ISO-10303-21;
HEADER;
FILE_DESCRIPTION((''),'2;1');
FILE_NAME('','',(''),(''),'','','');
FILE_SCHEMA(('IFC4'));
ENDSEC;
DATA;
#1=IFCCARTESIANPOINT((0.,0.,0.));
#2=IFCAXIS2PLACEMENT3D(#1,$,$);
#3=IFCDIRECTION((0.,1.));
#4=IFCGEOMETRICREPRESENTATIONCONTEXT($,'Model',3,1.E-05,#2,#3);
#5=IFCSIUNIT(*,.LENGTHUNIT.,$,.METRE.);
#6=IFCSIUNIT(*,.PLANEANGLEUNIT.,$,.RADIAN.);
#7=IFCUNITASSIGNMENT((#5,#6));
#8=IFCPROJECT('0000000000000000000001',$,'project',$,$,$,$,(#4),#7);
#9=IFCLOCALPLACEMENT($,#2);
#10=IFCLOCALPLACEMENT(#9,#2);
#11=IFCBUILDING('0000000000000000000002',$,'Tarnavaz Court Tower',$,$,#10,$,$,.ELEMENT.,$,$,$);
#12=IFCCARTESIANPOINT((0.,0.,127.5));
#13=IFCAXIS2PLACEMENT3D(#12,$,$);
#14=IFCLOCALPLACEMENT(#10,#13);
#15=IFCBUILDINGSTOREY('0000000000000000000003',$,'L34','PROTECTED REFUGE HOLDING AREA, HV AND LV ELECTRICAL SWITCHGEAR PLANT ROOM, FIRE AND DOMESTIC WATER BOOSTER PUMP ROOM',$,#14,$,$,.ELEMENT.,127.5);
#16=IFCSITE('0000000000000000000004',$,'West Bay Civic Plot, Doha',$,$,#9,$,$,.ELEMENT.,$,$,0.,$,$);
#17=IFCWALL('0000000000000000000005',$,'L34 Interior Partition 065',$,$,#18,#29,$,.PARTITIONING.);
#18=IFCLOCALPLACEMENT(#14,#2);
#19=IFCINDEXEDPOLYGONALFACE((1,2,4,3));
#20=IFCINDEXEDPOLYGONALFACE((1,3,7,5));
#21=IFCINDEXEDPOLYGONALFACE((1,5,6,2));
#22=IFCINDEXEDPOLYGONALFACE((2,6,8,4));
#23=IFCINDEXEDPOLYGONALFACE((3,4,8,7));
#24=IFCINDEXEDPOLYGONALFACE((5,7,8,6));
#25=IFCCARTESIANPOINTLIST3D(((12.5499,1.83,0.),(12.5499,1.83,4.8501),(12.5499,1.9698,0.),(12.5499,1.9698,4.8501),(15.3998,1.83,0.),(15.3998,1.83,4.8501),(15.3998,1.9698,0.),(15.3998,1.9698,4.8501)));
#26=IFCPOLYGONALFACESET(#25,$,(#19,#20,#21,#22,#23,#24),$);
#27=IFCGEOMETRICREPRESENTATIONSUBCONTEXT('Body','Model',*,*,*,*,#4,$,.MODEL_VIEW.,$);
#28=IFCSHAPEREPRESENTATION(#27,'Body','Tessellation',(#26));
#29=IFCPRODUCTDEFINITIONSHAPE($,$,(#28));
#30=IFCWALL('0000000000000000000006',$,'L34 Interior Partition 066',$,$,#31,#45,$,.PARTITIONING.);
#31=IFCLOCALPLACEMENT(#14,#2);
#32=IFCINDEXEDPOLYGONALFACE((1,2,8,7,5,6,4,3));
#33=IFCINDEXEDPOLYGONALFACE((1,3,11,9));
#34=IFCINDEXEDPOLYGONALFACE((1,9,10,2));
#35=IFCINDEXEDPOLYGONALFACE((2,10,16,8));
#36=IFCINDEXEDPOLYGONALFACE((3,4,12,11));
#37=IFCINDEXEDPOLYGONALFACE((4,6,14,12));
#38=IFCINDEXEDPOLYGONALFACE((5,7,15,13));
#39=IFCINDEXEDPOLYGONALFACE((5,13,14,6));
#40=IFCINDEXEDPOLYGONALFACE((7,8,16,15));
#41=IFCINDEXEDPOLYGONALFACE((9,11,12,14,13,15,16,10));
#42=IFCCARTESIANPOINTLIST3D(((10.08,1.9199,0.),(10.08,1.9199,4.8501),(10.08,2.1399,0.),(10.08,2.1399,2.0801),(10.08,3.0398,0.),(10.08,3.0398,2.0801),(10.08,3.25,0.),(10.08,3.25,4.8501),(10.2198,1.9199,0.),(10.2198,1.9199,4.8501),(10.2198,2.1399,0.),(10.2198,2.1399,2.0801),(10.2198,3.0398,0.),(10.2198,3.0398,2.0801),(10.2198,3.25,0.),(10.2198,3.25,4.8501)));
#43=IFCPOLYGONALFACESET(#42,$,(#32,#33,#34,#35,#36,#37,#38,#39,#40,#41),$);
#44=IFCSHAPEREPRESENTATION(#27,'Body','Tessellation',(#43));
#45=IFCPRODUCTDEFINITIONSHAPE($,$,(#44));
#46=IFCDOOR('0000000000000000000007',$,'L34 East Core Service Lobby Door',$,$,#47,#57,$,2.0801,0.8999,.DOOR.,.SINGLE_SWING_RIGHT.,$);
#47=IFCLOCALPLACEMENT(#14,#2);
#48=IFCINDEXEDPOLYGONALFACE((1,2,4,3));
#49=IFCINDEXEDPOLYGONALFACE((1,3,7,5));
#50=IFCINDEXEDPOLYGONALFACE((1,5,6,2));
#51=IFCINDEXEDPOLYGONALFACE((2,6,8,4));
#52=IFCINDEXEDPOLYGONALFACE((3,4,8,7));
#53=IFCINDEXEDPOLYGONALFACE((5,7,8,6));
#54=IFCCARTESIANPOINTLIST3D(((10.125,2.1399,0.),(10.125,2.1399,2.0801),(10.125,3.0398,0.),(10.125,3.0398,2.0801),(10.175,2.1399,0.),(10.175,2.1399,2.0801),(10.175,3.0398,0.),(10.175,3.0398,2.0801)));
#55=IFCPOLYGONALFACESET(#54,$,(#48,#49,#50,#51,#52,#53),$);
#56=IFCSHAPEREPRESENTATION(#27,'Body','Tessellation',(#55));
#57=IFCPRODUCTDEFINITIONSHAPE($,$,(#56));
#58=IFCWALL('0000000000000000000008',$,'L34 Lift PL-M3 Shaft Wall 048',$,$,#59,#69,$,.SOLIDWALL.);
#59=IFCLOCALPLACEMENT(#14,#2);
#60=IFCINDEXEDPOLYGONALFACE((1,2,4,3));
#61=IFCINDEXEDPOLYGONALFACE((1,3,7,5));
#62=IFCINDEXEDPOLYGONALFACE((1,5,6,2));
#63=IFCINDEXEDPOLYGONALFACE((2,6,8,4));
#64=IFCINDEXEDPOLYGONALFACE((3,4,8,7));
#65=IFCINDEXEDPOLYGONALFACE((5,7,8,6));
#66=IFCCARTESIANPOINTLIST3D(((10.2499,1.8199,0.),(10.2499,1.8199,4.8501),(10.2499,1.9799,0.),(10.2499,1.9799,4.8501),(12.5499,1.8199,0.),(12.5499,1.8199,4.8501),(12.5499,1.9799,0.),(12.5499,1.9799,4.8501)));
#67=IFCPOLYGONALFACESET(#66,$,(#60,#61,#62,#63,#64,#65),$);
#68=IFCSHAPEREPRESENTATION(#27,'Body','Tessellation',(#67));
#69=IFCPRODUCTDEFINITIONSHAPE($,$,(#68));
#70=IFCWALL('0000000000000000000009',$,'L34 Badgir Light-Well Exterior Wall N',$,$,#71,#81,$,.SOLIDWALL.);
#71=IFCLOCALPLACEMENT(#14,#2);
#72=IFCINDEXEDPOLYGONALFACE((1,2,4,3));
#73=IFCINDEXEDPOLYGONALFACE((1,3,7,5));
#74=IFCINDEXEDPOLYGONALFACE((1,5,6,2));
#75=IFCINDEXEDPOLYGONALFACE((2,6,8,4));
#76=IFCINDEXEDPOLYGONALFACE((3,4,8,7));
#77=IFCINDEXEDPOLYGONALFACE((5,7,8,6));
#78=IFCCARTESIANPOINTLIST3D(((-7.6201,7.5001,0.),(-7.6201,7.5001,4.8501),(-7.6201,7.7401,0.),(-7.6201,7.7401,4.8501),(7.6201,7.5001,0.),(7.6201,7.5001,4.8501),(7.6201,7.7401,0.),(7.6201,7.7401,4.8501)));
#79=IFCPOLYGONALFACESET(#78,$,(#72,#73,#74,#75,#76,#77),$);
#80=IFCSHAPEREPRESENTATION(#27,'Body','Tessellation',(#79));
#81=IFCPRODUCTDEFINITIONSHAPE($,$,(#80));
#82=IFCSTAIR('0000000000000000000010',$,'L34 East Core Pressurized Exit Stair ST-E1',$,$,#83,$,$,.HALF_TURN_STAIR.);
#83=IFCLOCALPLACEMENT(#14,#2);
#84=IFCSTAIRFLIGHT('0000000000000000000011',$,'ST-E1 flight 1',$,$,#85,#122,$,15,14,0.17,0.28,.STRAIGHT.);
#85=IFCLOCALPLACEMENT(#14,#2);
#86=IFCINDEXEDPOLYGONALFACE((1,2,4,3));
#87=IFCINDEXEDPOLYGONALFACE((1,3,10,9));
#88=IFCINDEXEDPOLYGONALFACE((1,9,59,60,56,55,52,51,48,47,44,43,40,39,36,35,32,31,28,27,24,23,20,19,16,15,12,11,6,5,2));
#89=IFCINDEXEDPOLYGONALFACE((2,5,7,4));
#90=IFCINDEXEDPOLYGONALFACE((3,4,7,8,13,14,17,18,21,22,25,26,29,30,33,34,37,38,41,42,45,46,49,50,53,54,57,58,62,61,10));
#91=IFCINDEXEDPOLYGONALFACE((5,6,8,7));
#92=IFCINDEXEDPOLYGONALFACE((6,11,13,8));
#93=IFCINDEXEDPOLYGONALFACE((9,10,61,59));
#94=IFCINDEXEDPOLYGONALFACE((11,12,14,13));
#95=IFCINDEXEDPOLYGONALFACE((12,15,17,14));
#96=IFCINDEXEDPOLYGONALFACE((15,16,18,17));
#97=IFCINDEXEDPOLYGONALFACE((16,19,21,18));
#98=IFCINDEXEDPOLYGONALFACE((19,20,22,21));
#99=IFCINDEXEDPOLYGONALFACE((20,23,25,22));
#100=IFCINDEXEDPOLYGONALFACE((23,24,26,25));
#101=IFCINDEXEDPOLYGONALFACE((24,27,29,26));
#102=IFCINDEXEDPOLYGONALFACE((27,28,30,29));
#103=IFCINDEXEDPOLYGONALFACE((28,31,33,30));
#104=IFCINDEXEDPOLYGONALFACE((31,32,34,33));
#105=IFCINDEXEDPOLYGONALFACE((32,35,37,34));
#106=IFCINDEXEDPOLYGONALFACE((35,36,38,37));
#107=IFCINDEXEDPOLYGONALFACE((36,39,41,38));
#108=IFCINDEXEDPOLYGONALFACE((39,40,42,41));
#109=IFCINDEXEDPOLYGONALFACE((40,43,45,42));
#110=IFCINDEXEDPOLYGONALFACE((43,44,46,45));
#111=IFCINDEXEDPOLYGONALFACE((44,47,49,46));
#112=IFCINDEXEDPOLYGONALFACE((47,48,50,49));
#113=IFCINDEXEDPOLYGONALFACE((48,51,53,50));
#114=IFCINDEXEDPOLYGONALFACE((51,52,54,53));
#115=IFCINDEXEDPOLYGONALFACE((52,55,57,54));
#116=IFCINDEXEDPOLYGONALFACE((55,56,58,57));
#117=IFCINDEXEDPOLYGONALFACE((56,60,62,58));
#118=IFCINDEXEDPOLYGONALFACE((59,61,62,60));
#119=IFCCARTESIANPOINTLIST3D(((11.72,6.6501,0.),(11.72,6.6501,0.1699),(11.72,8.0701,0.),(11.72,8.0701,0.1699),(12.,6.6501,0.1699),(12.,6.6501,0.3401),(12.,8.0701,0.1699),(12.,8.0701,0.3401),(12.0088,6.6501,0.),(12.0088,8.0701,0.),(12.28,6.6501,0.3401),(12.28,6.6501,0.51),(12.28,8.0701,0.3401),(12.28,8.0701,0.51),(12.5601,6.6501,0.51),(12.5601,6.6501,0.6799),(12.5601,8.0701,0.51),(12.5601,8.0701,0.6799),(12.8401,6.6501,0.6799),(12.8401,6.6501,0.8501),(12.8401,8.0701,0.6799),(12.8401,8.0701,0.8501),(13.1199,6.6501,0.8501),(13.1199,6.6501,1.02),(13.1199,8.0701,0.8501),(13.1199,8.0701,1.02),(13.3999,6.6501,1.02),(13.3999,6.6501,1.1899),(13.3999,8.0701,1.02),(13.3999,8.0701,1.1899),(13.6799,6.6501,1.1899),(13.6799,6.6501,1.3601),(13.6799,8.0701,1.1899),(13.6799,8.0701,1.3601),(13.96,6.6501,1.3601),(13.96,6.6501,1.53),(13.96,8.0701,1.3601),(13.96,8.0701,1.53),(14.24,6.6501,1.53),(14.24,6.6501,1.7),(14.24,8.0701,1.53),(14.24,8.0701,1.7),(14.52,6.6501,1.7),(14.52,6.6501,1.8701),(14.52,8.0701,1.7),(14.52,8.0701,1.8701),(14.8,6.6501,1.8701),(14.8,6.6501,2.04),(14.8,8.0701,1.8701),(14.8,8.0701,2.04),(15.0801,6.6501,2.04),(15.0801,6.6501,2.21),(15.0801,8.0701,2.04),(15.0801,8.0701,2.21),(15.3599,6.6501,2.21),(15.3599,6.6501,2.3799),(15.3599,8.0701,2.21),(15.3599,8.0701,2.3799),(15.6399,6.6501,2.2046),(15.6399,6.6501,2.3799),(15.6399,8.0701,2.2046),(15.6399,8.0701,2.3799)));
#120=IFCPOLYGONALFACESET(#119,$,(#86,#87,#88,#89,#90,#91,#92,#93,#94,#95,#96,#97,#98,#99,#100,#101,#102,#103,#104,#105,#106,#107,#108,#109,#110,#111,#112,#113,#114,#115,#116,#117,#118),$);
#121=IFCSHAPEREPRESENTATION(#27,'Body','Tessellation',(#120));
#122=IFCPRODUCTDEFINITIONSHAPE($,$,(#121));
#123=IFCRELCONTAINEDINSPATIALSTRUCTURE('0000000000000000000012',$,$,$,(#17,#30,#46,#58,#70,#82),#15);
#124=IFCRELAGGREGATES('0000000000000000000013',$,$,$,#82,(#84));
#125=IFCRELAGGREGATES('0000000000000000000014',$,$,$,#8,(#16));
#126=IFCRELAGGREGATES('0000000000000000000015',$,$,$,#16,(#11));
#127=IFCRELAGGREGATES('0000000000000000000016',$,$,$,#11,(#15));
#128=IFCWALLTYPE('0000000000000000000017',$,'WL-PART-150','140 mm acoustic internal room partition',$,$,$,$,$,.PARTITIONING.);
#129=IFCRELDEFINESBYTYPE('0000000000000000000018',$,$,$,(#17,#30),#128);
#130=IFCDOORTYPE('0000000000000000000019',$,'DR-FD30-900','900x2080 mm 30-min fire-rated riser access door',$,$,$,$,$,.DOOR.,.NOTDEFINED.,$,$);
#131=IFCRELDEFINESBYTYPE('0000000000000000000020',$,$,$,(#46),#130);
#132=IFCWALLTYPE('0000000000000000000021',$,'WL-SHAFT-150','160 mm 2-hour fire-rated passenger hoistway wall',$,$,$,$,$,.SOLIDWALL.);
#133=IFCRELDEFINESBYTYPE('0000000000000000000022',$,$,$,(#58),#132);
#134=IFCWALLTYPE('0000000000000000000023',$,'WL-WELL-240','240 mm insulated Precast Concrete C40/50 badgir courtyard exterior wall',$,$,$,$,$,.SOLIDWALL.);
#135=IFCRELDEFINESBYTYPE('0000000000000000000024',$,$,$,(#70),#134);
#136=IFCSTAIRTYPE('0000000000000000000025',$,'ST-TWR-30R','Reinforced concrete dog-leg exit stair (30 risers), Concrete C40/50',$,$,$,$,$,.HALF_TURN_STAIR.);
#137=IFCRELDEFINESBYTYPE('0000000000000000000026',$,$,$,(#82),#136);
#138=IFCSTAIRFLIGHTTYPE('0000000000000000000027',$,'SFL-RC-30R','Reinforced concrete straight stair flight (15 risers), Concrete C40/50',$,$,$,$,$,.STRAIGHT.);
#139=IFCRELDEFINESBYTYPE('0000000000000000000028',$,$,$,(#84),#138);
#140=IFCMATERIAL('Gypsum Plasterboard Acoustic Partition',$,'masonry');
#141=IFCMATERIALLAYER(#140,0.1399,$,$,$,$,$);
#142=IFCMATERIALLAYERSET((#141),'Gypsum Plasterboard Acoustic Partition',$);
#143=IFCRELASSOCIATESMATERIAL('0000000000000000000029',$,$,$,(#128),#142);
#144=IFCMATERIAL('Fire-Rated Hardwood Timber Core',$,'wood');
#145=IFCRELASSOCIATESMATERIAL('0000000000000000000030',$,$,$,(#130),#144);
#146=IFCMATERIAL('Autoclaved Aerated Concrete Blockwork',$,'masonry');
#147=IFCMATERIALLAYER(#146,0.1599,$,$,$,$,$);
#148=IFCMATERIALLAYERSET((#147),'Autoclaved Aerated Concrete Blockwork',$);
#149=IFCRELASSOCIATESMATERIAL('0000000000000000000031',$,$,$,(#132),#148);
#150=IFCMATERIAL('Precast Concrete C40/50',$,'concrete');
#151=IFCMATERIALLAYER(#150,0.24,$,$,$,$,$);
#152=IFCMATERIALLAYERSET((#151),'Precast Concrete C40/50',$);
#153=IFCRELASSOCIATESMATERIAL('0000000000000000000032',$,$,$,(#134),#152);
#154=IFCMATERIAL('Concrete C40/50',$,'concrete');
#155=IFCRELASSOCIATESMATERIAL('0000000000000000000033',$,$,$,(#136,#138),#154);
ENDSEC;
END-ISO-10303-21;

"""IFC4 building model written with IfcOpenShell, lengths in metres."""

from ifc_helpers import new_model, si_unit, direction, frame, frame_2d, origin, place, context, subcontext, project, spatial, polyline, rectangle, outline, extrude, material, layer, layer_set, type_object, element, fill, aggregate, save


model = new_model("IFC4")

# Units and contexts
model_context = context("Model", 3, precision=1e-05, world=origin(), true_north=direction((0.0, 1.0)))
body_context = subcontext(model_context, "Body", "Model", "MODEL_VIEW")
ifc_project = project(units=[si_unit("LENGTHUNIT", "METRE"), si_unit("PLANEANGLEUNIT", "RADIAN")], contexts=[model_context])

# Site, building, storey
site_placement = place(None, origin())
site = spatial("IfcSite", under=ifc_project, at=site_placement, Name="West Bay Civic Plot, Doha", CompositionType="ELEMENT", RefElevation=0.0)
building_placement = place(site_placement, origin())
building = spatial("IfcBuilding", under=site, at=building_placement, Name="Tarnavaz Court Tower", CompositionType="ELEMENT")
storey_placement = place(building_placement, frame((0.0, 0.0, 127.5)))
storey = spatial("IfcBuildingStorey", under=building, at=storey_placement, Name="L34", Description="PROTECTED REFUGE HOLDING AREA, HV AND LV ELECTRICAL SWITCHGEAR PLANT ROOM, FIRE AND DOMESTIC WATER BOOSTER PUMP ROOM", CompositionType="ELEMENT", Elevation=127.5)

# Shared definitions
ifc_material_1 = material(Name="Fire-Rated Hardwood Timber Core", Category="wood")

# Shared definitions
ifc_material_2 = material(Name="Autoclaved Aerated Concrete Blockwork", Category="masonry")

# Wall
ifc_material_3 = material(Name="Gypsum Plasterboard Acoustic Partition", Category="masonry")
ifc_layer_1 = layer(ifc_material_3, 0.1399)
ifc_layer_set_1 = layer_set([ifc_layer_1], Name="Gypsum Plasterboard Acoustic Partition")
wall_type_1 = type_object("IfcWallType", Name="WL-PART-150", Description="140 mm acoustic internal room partition", PredefinedType="PARTITIONING", material=ifc_layer_set_1)
wall_1_placement = place(storey_placement, frame((12.55, 1.8999, 0.0), z_axis=(0.0, 0.0, 1.0), x_axis=(1.0, 0.0, 0.0)))
element("IfcWall", 1, at=wall_1_placement, inside=storey, type_object=wall_type_1, Name="L34 Interior Partition 065", PredefinedType="PARTITIONING", context=body_context, shape_type="SweptSolid", body=[
    extrude(rectangle(XDim=2.8499, YDim=0.1399, at=frame_2d((1.4248, 0.0))), origin(), (0.0, 0.0, 1.0), 4.8501),
])

# Wall, opening, door
wall_2_placement = place(storey_placement, frame((10.1499, 1.9199, 0.0), z_axis=(0.0, 0.0, 1.0), x_axis=(0.0, 1.0, 0.0)))
wall_2 = element("IfcWall", 2, at=wall_2_placement, inside=storey, type_object=wall_type_1, Name="L34 Interior Partition 066", PredefinedType="PARTITIONING", context=body_context, shape_type="SweptSolid", body=[
    extrude(rectangle(XDim=1.3301, YDim=0.1399, at=frame_2d((0.665, 0.0))), origin(), (0.0, 0.0, 1.0), 4.8501),
])
opening_1_placement = place(wall_2_placement, frame((0.22, 0.0, 0.0)))
opening_1 = element("IfcOpeningElement", 3, at=opening_1_placement, cuts=wall_2, PredefinedType="OPENING", context=body_context, shape_type="SweptSolid", body=[
    extrude(rectangle(XDim=0.8999, YDim=2.0801, at=frame_2d((0.45, 1.04))), frame((0.0, 0.0798, 0.0), z_axis=(0.0, -1.0, 0.0), x_axis=(1.0, 0.0, 0.0)), (0.0, 0.0, 1.0), 0.1599),
])
door_type_1 = type_object("IfcDoorType", Name="DR-FD30-900", Description="900x2080 mm 30-min fire-rated riser access door", OperationType="NOTDEFINED", PredefinedType="DOOR", material=ifc_material_1)
door_1_placement = place(opening_1_placement, origin())
door_1 = element("IfcDoor", 4, at=door_1_placement, inside=storey, type_object=door_type_1, Name="L34 East Core Service Lobby Door", OperationType="SINGLE_SWING_RIGHT", OverallHeight=2.0801, OverallWidth=0.8999, PredefinedType="DOOR", context=body_context, shape_type="SweptSolid", body=[
    extrude(rectangle(XDim=0.8999, YDim=2.0801, at=frame_2d((0.45, 1.04))), frame((0.0, 0.0249, 0.0), z_axis=(0.0, -1.0, 0.0), x_axis=(1.0, 0.0, 0.0)), (0.0, 0.0, 1.0), 0.05),
])
fill(opening_1, door_1)

# Walls
ifc_layer_2 = layer(ifc_material_2, 0.1599)
ifc_layer_set_2 = layer_set([ifc_layer_2], Name="Autoclaved Aerated Concrete Blockwork")
wall_type_2 = type_object("IfcWallType", Name="WL-SHAFT-150", Description="160 mm 2-hour fire-rated passenger hoistway wall", PredefinedType="SOLIDWALL", material=ifc_layer_set_2)
wall_3_placement = place(storey_placement, frame((10.25, 1.8999, 0.0), z_axis=(0.0, 0.0, 1.0), x_axis=(1.0, 0.0, 0.0)))
element("IfcWall", 5, at=wall_3_placement, inside=storey, type_object=wall_type_2, Name="L34 Lift PL-M3 Shaft Wall 048", PredefinedType="SOLIDWALL", context=body_context, shape_type="SweptSolid", body=[
    extrude(rectangle(XDim=2.3, YDim=0.1599, at=frame_2d((1.1499, 0.0))), origin(), (0.0, 0.0, 1.0), 4.8501),
])
ifc_material_4 = material(Name="Precast Concrete C40/50", Category="concrete")
ifc_layer_3 = layer(ifc_material_4, 0.24)
ifc_layer_set_3 = layer_set([ifc_layer_3], Name="Precast Concrete C40/50")
wall_type_3 = type_object("IfcWallType", Name="WL-WELL-240", Description="240 mm insulated Precast Concrete C40/50 badgir courtyard exterior wall", PredefinedType="SOLIDWALL", material=ifc_layer_set_3)
wall_4_placement = place(storey_placement, frame((7.6201, 7.6201, 0.0), z_axis=(0.0, 0.0, 1.0), x_axis=(-1.0, 0.0, 0.0)))
element("IfcWall", 6, at=wall_4_placement, inside=storey, type_object=wall_type_3, Name="L34 Badgir Light-Well Exterior Wall N", PredefinedType="SOLIDWALL", context=body_context, shape_type="SweptSolid", body=[
    extrude(rectangle(XDim=15.2402, YDim=0.24, at=frame_2d((7.6201, 0.0))), origin(), (0.0, 0.0, 1.0), 4.8501),
])

# Stair, stair flight
ifc_material_5 = material(Name="Concrete C40/50", Category="concrete")
stair_type = type_object("IfcStairType", Name="ST-TWR-30R", Description="Reinforced concrete dog-leg exit stair (30 risers), Concrete C40/50", PredefinedType="HALF_TURN_STAIR", material=ifc_material_5)
stair_placement = place(storey_placement, origin())
stair = element("IfcStair", 7, at=stair_placement, inside=storey, type_object=stair_type, Name="L34 East Core Pressurized Exit Stair ST-E1", PredefinedType="HALF_TURN_STAIR")
stair_flight_type = type_object("IfcStairFlightType", Name="SFL-RC-30R", Description="Reinforced concrete straight stair flight (15 risers), Concrete C40/50", PredefinedType="STRAIGHT", material=ifc_material_5)
stair_flight_placement = place(storey_placement, frame((11.72, 7.3601, 0.0), z_axis=(0.0, 0.0, 1.0), x_axis=(1.0, 0.0, 0.0)))
stair_flight = element("IfcStairFlight", 8, at=stair_flight_placement, type_object=stair_flight_type, Name="ST-E1 flight 1", NumberOfRisers=15, NumberOfTreads=14, PredefinedType="STRAIGHT", RiserHeight=0.17, TreadLength=0.28, context=body_context, shape_type="SweptSolid", body=[
    extrude(outline(polyline([(0.0, 0.0), (0.0, 0.1699), (0.28, 0.1699), (0.28, 0.3401), (0.5601, 0.3401), (0.5601, 0.51), (0.8401, 0.51), (0.8401, 0.6799), (1.1201, 0.6799), (1.1201, 0.8501), (1.3999, 0.8501), (1.3999, 1.02), (1.6799, 1.02), (1.6799, 1.1899), (1.96, 1.1899), (1.96, 1.3601), (2.24, 1.3601), (2.24, 1.53), (2.52, 1.53), (2.52, 1.7), (2.8, 1.7), (2.8, 1.8701), (3.0801, 1.8701), (3.0801, 2.04), (3.3601, 2.04), (3.3601, 2.21), (3.6399, 2.21), (3.6399, 2.3799), (3.9199, 2.3799), (3.9199, 2.55), (3.9199, 2.2046), (0.2888, 0.0), (0.0, 0.0)])), frame((0.0, 0.71, 0.0), z_axis=(0.0, -1.0, 0.0), x_axis=(1.0, 0.0, 0.0)), (0.0, 0.0, 1.0), 1.4199),
])
aggregate(stair, [stair_flight])

save(model, "model.ifc")
